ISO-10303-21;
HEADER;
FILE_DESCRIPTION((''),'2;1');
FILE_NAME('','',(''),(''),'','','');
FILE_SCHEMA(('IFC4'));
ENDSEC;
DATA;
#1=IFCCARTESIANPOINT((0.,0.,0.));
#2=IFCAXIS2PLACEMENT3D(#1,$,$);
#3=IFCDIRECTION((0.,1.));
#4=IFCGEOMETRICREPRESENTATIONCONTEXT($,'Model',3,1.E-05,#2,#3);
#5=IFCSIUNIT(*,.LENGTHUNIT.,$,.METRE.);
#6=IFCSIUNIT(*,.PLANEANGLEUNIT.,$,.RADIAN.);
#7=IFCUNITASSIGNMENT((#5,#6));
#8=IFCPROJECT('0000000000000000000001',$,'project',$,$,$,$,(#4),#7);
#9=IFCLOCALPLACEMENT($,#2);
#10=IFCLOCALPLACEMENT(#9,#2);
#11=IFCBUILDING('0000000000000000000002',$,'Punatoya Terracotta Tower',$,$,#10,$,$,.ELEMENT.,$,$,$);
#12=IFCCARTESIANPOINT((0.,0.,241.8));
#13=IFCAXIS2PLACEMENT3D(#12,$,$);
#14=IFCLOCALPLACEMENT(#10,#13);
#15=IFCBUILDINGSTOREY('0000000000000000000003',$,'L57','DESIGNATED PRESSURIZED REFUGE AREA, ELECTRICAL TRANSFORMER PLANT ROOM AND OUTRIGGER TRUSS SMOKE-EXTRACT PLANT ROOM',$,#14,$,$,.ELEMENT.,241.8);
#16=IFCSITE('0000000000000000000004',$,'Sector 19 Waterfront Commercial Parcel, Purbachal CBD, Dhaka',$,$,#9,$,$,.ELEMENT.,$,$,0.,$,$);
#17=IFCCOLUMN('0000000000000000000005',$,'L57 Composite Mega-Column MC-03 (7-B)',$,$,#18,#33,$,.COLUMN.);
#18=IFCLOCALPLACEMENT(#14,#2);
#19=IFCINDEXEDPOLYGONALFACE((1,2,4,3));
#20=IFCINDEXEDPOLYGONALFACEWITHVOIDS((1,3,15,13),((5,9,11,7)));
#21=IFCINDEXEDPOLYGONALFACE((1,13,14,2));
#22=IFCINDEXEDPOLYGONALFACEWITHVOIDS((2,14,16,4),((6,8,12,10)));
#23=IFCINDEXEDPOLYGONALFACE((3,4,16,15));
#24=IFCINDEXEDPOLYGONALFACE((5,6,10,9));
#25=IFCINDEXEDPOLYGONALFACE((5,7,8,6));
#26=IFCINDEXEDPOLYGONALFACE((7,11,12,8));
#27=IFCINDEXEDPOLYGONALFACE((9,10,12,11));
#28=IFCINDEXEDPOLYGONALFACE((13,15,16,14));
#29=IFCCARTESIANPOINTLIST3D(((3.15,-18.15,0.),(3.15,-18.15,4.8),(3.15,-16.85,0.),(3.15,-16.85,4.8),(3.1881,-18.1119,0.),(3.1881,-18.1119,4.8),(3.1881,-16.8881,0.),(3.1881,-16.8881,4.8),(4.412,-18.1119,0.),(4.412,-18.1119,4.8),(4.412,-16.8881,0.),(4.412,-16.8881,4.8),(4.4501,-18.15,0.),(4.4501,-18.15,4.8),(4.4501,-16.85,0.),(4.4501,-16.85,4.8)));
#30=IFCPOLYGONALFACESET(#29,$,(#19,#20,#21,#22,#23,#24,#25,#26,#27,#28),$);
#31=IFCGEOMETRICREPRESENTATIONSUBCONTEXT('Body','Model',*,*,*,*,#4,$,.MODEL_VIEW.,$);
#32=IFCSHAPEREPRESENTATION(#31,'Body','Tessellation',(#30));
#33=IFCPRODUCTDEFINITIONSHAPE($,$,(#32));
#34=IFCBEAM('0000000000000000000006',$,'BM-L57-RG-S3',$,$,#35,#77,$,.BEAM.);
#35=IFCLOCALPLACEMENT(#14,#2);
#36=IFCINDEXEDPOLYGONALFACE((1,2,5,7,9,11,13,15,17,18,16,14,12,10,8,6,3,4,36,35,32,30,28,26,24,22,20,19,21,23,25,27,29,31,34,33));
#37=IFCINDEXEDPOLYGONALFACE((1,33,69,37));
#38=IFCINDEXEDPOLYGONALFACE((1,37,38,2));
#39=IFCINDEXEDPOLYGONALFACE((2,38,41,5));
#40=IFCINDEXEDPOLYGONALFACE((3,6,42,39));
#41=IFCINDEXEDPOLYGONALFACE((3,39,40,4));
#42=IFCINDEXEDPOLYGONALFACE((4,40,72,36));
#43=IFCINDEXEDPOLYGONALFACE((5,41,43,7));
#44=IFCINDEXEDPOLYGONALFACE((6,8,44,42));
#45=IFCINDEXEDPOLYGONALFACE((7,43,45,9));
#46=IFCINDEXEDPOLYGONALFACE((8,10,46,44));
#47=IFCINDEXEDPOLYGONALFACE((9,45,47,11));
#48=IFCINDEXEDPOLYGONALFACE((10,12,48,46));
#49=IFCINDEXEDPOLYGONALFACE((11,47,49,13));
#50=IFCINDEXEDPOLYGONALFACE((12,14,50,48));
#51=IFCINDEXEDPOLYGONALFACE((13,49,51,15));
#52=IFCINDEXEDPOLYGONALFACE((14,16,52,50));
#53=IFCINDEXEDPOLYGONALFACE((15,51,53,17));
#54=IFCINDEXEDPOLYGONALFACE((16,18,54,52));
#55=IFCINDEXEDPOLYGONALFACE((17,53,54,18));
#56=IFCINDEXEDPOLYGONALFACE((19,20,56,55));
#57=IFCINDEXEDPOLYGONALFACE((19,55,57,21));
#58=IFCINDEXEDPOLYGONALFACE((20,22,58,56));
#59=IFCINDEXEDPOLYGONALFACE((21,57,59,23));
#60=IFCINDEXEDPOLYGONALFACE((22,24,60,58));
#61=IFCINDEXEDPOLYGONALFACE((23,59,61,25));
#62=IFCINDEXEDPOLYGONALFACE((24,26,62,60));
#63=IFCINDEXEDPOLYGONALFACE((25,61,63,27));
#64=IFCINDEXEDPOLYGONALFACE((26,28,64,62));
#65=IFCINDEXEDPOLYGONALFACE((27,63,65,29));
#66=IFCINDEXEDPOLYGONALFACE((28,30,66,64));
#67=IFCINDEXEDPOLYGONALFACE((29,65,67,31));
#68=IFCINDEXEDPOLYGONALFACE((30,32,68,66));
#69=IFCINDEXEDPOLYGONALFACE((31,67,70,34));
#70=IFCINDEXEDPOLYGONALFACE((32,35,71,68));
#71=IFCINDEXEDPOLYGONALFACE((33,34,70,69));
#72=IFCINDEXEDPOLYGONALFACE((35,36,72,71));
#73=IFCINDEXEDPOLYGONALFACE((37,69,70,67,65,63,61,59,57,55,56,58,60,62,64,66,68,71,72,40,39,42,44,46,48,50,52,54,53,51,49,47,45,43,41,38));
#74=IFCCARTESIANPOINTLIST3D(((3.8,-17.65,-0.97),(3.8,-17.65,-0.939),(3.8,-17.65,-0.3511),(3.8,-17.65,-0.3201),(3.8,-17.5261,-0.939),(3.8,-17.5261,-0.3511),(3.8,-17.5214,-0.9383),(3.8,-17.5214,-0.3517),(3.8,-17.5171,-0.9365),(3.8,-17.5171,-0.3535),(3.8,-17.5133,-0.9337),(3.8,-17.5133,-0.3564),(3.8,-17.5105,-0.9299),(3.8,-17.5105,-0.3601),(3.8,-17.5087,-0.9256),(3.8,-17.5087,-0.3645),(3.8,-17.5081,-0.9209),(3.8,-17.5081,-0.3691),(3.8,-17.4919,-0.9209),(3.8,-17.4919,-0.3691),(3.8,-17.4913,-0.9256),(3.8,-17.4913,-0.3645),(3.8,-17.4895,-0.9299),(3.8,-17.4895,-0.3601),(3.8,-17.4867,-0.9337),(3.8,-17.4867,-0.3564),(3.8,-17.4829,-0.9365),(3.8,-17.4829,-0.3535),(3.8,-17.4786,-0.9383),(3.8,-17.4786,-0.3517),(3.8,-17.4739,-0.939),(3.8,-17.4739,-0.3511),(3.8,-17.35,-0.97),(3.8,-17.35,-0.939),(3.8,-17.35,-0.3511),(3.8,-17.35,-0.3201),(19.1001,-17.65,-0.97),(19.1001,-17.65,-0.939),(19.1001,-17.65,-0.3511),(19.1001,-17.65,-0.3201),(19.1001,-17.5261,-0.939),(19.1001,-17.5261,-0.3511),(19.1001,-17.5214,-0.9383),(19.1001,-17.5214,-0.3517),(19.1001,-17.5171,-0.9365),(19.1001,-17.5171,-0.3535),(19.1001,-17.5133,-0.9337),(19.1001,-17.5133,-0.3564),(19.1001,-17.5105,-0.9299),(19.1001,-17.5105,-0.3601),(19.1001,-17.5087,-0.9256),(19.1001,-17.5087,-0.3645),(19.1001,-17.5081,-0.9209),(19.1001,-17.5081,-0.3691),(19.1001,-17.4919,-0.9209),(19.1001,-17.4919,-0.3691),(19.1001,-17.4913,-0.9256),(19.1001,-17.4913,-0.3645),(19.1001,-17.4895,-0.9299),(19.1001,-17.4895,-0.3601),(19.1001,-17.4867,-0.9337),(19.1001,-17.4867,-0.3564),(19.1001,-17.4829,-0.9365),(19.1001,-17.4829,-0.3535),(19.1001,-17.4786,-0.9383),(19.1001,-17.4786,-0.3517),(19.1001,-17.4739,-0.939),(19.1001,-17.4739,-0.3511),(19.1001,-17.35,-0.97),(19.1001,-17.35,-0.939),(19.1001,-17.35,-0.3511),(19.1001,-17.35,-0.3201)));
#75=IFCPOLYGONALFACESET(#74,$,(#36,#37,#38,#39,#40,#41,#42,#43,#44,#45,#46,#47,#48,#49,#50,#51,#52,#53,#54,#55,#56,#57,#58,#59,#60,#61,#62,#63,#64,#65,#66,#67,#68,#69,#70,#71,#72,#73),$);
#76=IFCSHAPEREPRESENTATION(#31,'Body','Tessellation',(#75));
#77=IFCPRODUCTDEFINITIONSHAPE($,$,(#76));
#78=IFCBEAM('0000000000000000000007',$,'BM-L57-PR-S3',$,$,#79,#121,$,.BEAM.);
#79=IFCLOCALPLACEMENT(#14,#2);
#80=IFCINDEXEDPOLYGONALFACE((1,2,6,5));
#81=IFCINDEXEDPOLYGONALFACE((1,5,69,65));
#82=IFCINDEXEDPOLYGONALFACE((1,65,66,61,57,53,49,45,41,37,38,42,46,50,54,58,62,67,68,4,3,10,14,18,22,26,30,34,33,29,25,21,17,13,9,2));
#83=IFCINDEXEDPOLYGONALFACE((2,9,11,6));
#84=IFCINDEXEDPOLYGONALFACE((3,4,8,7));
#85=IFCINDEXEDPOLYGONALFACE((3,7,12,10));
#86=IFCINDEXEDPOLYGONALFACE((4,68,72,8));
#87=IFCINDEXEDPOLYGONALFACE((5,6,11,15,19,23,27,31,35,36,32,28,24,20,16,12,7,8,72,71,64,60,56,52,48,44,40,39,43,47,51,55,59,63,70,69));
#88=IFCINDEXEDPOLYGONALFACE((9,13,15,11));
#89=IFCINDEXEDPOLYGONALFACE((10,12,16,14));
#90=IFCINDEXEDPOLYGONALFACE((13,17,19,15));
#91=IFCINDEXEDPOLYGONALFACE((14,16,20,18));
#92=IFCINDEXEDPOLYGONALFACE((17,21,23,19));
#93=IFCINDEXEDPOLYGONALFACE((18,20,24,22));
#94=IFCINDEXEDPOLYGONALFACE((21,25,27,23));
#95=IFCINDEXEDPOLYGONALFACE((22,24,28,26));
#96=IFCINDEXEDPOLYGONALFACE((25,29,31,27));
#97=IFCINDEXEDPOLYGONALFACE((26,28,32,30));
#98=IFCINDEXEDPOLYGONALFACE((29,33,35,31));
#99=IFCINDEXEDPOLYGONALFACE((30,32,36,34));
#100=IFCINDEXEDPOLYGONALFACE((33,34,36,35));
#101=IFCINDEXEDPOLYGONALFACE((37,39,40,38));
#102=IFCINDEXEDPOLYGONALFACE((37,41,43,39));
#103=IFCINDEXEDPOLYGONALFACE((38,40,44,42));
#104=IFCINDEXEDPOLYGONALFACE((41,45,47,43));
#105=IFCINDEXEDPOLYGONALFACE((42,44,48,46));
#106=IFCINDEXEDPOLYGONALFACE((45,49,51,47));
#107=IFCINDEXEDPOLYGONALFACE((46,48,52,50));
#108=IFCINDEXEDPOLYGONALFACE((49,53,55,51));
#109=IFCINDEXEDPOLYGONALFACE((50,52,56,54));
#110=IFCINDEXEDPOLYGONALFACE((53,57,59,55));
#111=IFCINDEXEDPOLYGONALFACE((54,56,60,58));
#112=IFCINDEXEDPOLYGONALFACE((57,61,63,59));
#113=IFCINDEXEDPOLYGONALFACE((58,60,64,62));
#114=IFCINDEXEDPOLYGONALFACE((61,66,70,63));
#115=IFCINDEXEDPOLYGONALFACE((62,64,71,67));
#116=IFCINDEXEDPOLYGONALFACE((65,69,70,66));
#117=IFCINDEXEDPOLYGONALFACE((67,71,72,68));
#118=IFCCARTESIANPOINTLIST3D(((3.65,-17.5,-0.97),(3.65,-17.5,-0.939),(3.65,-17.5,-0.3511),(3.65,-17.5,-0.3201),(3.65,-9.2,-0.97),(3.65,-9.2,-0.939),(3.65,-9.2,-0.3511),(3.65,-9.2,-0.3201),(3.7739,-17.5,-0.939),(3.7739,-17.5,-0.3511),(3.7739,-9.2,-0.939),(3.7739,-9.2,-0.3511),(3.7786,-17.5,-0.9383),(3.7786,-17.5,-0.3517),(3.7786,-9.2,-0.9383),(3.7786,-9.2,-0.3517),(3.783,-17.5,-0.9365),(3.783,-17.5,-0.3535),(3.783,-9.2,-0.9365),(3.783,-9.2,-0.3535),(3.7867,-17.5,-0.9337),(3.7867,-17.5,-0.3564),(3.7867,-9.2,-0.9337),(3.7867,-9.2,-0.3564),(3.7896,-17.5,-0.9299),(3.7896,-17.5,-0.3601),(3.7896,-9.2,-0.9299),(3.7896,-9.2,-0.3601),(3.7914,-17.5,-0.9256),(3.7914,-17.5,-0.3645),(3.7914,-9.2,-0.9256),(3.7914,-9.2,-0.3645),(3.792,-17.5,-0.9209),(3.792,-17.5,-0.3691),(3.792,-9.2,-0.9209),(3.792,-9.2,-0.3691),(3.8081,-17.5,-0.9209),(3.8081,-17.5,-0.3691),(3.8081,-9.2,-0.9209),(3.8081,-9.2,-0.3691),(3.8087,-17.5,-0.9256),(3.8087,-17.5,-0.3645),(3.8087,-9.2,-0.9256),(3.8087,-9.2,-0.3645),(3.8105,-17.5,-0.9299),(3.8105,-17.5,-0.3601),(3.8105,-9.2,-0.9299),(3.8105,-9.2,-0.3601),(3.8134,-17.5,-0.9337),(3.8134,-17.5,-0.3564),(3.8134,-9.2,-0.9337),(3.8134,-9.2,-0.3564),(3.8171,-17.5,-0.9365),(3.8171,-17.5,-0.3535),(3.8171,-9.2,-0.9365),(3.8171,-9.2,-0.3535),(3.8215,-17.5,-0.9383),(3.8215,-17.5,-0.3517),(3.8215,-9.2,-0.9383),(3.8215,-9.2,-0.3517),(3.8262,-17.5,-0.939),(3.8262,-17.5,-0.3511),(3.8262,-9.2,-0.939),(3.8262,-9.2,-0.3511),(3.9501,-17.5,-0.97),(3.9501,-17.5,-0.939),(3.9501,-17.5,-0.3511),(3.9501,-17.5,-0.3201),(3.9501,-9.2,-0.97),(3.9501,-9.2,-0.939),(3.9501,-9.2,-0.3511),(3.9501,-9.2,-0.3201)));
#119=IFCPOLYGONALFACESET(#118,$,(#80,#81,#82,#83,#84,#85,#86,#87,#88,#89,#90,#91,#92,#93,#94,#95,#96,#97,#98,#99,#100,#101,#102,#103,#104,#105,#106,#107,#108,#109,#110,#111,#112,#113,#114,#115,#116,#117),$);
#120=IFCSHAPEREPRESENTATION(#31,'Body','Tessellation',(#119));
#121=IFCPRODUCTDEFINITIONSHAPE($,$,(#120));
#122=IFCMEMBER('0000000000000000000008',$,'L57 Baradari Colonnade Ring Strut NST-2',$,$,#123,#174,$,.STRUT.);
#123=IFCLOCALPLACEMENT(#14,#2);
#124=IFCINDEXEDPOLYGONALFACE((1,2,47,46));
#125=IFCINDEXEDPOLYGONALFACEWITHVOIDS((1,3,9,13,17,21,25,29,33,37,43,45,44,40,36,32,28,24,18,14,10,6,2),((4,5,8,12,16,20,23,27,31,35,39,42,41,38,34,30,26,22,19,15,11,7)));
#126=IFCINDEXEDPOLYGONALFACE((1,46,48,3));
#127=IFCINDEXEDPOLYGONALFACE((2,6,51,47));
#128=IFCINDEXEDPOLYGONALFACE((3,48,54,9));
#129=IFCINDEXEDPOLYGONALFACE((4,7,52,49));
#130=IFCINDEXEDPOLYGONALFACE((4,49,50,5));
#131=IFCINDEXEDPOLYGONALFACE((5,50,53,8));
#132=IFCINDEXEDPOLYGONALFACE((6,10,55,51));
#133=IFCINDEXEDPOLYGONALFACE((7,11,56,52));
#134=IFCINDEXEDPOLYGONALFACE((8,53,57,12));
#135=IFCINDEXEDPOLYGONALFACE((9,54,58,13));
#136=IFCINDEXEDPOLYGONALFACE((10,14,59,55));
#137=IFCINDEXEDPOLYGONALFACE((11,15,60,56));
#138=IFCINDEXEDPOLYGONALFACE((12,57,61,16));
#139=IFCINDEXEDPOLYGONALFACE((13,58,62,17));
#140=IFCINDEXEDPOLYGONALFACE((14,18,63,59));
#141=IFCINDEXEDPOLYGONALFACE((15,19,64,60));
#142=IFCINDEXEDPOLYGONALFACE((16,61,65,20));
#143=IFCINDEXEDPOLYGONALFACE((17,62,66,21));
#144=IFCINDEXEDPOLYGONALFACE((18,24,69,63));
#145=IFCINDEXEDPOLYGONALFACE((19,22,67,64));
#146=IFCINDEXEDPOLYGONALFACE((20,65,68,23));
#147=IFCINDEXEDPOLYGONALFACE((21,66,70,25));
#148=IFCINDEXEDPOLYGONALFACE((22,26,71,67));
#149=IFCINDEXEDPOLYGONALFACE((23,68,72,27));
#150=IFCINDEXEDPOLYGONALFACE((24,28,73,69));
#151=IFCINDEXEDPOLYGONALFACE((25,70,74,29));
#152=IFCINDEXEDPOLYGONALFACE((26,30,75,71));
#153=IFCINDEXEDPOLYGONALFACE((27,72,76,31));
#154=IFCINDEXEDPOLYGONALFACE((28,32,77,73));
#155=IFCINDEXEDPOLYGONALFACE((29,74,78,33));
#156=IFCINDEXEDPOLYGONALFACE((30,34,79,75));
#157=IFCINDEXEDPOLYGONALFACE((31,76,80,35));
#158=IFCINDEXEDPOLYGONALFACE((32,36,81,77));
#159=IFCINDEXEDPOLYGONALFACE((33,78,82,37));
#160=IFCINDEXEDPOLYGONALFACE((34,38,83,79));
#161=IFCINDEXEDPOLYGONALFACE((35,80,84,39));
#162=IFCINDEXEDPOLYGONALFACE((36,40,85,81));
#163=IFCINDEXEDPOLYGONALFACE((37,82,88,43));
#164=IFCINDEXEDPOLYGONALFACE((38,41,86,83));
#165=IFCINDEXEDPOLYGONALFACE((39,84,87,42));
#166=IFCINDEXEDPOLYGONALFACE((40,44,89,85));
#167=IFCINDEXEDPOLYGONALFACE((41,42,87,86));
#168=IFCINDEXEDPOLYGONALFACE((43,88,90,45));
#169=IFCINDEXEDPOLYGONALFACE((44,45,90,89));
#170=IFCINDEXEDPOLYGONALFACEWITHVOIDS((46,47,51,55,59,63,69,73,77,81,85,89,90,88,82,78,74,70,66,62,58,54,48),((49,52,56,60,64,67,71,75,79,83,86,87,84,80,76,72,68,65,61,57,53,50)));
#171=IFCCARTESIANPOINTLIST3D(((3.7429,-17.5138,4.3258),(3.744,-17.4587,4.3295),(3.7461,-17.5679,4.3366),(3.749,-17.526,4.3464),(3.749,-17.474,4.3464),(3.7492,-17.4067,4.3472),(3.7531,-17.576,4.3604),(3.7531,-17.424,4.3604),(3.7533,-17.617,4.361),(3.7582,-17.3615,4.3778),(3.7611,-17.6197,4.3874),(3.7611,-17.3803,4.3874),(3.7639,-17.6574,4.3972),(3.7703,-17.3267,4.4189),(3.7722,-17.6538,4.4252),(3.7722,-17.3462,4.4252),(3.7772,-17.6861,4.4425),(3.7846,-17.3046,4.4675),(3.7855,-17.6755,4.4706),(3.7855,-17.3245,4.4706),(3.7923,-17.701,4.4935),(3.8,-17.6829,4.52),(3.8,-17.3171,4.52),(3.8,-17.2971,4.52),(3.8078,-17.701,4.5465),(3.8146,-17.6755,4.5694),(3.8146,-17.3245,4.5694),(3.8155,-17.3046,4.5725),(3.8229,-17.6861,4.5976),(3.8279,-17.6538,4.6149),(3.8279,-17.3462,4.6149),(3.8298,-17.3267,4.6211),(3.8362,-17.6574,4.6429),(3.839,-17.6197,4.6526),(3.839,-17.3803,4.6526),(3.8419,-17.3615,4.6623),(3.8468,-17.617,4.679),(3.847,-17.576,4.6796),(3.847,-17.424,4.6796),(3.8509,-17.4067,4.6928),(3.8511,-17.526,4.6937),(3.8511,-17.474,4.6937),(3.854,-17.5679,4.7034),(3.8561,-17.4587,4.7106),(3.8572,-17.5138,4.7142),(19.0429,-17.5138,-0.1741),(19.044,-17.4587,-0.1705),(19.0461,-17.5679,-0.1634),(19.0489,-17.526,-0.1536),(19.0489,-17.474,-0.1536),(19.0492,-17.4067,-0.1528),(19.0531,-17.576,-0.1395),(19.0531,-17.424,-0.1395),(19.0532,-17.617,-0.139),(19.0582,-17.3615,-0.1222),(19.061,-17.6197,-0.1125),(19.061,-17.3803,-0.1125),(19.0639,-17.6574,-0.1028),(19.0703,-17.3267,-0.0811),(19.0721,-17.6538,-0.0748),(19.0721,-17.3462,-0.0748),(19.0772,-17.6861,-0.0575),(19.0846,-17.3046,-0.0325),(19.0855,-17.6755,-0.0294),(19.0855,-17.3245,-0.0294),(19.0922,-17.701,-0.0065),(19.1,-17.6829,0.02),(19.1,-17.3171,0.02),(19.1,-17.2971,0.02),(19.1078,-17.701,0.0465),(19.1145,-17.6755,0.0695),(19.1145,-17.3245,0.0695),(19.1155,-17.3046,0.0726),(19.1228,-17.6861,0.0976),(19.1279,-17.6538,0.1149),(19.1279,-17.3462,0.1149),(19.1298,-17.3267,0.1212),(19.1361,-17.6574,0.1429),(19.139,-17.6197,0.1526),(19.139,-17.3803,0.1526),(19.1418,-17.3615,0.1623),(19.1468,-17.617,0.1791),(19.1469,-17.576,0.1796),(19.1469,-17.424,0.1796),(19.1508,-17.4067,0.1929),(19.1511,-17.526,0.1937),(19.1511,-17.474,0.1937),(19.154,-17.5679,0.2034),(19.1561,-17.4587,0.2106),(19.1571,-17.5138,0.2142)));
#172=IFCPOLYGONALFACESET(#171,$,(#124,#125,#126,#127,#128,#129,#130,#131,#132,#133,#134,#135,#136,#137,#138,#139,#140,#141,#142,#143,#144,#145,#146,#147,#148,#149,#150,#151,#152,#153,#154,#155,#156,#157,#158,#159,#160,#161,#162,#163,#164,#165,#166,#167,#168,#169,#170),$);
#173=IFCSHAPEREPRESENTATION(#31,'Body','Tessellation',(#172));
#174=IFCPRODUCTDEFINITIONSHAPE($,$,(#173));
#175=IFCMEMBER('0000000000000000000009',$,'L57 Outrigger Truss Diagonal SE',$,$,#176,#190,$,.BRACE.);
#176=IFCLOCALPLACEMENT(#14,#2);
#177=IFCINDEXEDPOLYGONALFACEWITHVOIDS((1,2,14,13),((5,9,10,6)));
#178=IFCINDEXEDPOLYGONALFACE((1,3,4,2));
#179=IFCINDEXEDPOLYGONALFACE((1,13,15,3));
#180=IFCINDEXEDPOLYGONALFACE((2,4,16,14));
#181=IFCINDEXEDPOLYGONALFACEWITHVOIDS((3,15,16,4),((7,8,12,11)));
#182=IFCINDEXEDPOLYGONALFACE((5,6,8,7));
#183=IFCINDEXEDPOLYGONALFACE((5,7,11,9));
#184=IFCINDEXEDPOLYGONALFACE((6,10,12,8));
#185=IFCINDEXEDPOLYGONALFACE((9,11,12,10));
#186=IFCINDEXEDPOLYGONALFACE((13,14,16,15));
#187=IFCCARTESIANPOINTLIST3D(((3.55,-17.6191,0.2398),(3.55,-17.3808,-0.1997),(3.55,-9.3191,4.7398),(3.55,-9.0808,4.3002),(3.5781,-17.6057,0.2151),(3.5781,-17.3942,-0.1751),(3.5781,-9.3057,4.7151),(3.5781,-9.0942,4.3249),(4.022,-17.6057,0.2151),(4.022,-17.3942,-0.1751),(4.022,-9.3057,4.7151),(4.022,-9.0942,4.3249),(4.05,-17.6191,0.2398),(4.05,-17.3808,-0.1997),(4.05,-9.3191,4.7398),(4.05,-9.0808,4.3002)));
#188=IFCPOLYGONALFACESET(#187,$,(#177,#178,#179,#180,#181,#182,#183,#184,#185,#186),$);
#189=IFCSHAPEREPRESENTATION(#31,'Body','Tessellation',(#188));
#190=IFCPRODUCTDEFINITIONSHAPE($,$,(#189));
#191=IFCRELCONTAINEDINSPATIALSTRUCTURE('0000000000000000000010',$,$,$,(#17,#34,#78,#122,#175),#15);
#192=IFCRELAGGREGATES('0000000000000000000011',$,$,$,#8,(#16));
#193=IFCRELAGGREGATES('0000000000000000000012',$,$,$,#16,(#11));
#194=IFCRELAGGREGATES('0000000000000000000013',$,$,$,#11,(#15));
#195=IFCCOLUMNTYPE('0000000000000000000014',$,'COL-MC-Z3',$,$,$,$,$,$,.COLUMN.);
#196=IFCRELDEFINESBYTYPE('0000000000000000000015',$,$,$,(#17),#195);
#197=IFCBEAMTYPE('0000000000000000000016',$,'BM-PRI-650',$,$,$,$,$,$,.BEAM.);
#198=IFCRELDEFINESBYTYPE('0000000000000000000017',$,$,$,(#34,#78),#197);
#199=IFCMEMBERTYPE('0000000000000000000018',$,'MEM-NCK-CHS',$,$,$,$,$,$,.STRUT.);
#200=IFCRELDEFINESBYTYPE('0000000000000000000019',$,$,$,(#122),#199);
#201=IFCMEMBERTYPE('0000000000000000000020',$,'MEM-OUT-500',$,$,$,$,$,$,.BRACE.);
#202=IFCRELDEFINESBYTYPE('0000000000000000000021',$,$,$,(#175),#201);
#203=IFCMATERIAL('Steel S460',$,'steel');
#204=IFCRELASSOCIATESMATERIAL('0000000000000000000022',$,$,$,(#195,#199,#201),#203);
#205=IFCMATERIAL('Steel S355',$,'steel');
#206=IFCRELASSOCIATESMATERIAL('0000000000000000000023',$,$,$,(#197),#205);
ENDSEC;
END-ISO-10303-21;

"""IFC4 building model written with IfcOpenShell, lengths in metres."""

from ifc_helpers import new_model, si_unit, direction, frame, origin, origin_2d, place, context, subcontext, project, spatial, hollow_rectangle, hollow_circle, i_section, extrude, material, material_profile, profile_set, type_object, element, save


model = new_model("IFC4")

# Units and contexts
model_context = context("Model", 3, precision=1e-05, world=origin(), true_north=direction((0.0, 1.0)))
body_context = subcontext(model_context, "Body", "Model", "MODEL_VIEW")
ifc_project = project(units=[si_unit("LENGTHUNIT", "METRE"), si_unit("PLANEANGLEUNIT", "RADIAN")], contexts=[model_context])

# Site, building, storey
site_placement = place(None, origin())
site = spatial("IfcSite", under=ifc_project, at=site_placement, Name="Sector 19 Waterfront Commercial Parcel, Purbachal CBD, Dhaka", CompositionType="ELEMENT", RefElevation=0.0)
building_placement = place(site_placement, origin())
building = spatial("IfcBuilding", under=site, at=building_placement, Name="Punatoya Terracotta Tower", CompositionType="ELEMENT")
storey_placement = place(building_placement, frame((0.0, 0.0, 241.8)))
storey = spatial("IfcBuildingStorey", under=building, at=storey_placement, Name="L57", Description="DESIGNATED PRESSURIZED REFUGE AREA, ELECTRICAL TRANSFORMER PLANT ROOM AND OUTRIGGER TRUSS SMOKE-EXTRACT PLANT ROOM", CompositionType="ELEMENT", Elevation=241.8)

# Column
ifc_material_1 = material(Name="Steel S460", Category="steel")
ifc_material_profile_1 = material_profile(ifc_material_1, hollow_rectangle(XDim=1.3, YDim=1.3, WallThickness=0.0381, at=origin_2d()))
ifc_profile_set_1 = profile_set([ifc_material_profile_1], Name="Steel S460")
column_type = type_object("IfcColumnType", Name="COL-MC-Z3", PredefinedType="COLUMN", material=ifc_profile_set_1)
column_placement = place(storey_placement, frame((3.8, -17.5, 0.0), z_axis=(0.0, 0.0, 1.0), x_axis=(1.0, 0.0, 0.0)))
element("IfcColumn", 1, at=column_placement, inside=storey, type_object=column_type, Name="L57 Composite Mega-Column MC-03 (7-B)", PredefinedType="COLUMN", context=body_context, shape_type="SweptSolid", body=[
    extrude(hollow_rectangle(XDim=1.3, YDim=1.3, WallThickness=0.0381, at=origin_2d()), origin(), (0.0, 0.0, 1.0), 4.8),
])

# Beams
ifc_material_2 = material(Name="Steel S355", Category="steel")
ifc_material_profile_2 = material_profile(ifc_material_2, i_section(OverallWidth=0.3, OverallDepth=0.6499, WebThickness=0.0161, FlangeThickness=0.031, FilletRadius=0.0181, at=origin_2d()))
ifc_profile_set_2 = profile_set([ifc_material_profile_2], Name="Steel S355")
beam_type = type_object("IfcBeamType", Name="BM-PRI-650", PredefinedType="BEAM", material=ifc_profile_set_2)
beam_1_placement = place(storey_placement, frame((3.8, -17.5, -0.645), z_axis=(1.0, 0.0, 0.0), x_axis=(0.0, 1.0, 0.0)))
element("IfcBeam", 2, at=beam_1_placement, inside=storey, type_object=beam_type, Name="BM-L57-RG-S3", PredefinedType="BEAM", context=body_context, shape_type="SweptSolid", body=[
    extrude(i_section(OverallWidth=0.3, OverallDepth=0.6499, WebThickness=0.0161, FlangeThickness=0.031, FilletRadius=0.0181, at=origin_2d()), origin(), (0.0, 0.0, 1.0), 15.3),
])
beam_2_placement = place(storey_placement, frame((3.8, -17.5, -0.645), z_axis=(0.0, 1.0, 0.0), x_axis=(-1.0, 0.0, 0.0)))
element("IfcBeam", 3, at=beam_2_placement, inside=storey, type_object=beam_type, Name="BM-L57-PR-S3", PredefinedType="BEAM", context=body_context, shape_type="SweptSolid", body=[
    extrude(i_section(OverallWidth=0.3, OverallDepth=0.6499, WebThickness=0.0161, FlangeThickness=0.031, FilletRadius=0.0181, at=origin_2d()), origin(), (0.0, 0.0, 1.0), 8.3),
])

# Members
ifc_material_profile_3 = material_profile(ifc_material_1, hollow_circle(Radius=0.2029, WallThickness=0.02, at=origin_2d()))
ifc_profile_set_3 = profile_set([ifc_material_profile_3], Name="Steel S460")
member_type_1 = type_object("IfcMemberType", Name="MEM-NCK-CHS", PredefinedType="STRUT", material=ifc_profile_set_3)
member_1_placement = place(storey_placement, frame((3.8, -17.5, 4.52), z_axis=(0.959366, 0.0, -0.282165), x_axis=(0.0, 1.0, 0.0)))
element("IfcMember", 4, at=member_1_placement, inside=storey, type_object=member_type_1, Name="L57 Baradari Colonnade Ring Strut NST-2", PredefinedType="STRUT", context=body_context, shape_type="SweptSolid", body=[
    extrude(hollow_circle(Radius=0.2029, WallThickness=0.02, at=origin_2d()), origin(), (0.0, 0.0, 1.0), 15.948),
])
ifc_material_profile_4 = material_profile(ifc_material_1, hollow_rectangle(XDim=0.5, YDim=0.5, WallThickness=0.0281, at=origin_2d()))
ifc_profile_set_4 = profile_set([ifc_material_profile_4], Name="Steel S460")
member_type_2 = type_object("IfcMemberType", Name="MEM-OUT-500", PredefinedType="BRACE", material=ifc_profile_set_4)
member_2_placement = place(storey_placement, frame((3.8, -9.2, 4.52), z_axis=(0.0, -0.879108, -0.476622), x_axis=(1.0, 0.0, 0.0)))
element("IfcMember", 5, at=member_2_placement, inside=storey, type_object=member_type_2, Name="L57 Outrigger Truss Diagonal SE", PredefinedType="BRACE", context=body_context, shape_type="SweptSolid", body=[
    extrude(hollow_rectangle(XDim=0.5, YDim=0.5, WallThickness=0.0281, at=origin_2d()), origin(), (0.0, 0.0, 1.0), 9.4414),
])

save(model, "model.ifc")
